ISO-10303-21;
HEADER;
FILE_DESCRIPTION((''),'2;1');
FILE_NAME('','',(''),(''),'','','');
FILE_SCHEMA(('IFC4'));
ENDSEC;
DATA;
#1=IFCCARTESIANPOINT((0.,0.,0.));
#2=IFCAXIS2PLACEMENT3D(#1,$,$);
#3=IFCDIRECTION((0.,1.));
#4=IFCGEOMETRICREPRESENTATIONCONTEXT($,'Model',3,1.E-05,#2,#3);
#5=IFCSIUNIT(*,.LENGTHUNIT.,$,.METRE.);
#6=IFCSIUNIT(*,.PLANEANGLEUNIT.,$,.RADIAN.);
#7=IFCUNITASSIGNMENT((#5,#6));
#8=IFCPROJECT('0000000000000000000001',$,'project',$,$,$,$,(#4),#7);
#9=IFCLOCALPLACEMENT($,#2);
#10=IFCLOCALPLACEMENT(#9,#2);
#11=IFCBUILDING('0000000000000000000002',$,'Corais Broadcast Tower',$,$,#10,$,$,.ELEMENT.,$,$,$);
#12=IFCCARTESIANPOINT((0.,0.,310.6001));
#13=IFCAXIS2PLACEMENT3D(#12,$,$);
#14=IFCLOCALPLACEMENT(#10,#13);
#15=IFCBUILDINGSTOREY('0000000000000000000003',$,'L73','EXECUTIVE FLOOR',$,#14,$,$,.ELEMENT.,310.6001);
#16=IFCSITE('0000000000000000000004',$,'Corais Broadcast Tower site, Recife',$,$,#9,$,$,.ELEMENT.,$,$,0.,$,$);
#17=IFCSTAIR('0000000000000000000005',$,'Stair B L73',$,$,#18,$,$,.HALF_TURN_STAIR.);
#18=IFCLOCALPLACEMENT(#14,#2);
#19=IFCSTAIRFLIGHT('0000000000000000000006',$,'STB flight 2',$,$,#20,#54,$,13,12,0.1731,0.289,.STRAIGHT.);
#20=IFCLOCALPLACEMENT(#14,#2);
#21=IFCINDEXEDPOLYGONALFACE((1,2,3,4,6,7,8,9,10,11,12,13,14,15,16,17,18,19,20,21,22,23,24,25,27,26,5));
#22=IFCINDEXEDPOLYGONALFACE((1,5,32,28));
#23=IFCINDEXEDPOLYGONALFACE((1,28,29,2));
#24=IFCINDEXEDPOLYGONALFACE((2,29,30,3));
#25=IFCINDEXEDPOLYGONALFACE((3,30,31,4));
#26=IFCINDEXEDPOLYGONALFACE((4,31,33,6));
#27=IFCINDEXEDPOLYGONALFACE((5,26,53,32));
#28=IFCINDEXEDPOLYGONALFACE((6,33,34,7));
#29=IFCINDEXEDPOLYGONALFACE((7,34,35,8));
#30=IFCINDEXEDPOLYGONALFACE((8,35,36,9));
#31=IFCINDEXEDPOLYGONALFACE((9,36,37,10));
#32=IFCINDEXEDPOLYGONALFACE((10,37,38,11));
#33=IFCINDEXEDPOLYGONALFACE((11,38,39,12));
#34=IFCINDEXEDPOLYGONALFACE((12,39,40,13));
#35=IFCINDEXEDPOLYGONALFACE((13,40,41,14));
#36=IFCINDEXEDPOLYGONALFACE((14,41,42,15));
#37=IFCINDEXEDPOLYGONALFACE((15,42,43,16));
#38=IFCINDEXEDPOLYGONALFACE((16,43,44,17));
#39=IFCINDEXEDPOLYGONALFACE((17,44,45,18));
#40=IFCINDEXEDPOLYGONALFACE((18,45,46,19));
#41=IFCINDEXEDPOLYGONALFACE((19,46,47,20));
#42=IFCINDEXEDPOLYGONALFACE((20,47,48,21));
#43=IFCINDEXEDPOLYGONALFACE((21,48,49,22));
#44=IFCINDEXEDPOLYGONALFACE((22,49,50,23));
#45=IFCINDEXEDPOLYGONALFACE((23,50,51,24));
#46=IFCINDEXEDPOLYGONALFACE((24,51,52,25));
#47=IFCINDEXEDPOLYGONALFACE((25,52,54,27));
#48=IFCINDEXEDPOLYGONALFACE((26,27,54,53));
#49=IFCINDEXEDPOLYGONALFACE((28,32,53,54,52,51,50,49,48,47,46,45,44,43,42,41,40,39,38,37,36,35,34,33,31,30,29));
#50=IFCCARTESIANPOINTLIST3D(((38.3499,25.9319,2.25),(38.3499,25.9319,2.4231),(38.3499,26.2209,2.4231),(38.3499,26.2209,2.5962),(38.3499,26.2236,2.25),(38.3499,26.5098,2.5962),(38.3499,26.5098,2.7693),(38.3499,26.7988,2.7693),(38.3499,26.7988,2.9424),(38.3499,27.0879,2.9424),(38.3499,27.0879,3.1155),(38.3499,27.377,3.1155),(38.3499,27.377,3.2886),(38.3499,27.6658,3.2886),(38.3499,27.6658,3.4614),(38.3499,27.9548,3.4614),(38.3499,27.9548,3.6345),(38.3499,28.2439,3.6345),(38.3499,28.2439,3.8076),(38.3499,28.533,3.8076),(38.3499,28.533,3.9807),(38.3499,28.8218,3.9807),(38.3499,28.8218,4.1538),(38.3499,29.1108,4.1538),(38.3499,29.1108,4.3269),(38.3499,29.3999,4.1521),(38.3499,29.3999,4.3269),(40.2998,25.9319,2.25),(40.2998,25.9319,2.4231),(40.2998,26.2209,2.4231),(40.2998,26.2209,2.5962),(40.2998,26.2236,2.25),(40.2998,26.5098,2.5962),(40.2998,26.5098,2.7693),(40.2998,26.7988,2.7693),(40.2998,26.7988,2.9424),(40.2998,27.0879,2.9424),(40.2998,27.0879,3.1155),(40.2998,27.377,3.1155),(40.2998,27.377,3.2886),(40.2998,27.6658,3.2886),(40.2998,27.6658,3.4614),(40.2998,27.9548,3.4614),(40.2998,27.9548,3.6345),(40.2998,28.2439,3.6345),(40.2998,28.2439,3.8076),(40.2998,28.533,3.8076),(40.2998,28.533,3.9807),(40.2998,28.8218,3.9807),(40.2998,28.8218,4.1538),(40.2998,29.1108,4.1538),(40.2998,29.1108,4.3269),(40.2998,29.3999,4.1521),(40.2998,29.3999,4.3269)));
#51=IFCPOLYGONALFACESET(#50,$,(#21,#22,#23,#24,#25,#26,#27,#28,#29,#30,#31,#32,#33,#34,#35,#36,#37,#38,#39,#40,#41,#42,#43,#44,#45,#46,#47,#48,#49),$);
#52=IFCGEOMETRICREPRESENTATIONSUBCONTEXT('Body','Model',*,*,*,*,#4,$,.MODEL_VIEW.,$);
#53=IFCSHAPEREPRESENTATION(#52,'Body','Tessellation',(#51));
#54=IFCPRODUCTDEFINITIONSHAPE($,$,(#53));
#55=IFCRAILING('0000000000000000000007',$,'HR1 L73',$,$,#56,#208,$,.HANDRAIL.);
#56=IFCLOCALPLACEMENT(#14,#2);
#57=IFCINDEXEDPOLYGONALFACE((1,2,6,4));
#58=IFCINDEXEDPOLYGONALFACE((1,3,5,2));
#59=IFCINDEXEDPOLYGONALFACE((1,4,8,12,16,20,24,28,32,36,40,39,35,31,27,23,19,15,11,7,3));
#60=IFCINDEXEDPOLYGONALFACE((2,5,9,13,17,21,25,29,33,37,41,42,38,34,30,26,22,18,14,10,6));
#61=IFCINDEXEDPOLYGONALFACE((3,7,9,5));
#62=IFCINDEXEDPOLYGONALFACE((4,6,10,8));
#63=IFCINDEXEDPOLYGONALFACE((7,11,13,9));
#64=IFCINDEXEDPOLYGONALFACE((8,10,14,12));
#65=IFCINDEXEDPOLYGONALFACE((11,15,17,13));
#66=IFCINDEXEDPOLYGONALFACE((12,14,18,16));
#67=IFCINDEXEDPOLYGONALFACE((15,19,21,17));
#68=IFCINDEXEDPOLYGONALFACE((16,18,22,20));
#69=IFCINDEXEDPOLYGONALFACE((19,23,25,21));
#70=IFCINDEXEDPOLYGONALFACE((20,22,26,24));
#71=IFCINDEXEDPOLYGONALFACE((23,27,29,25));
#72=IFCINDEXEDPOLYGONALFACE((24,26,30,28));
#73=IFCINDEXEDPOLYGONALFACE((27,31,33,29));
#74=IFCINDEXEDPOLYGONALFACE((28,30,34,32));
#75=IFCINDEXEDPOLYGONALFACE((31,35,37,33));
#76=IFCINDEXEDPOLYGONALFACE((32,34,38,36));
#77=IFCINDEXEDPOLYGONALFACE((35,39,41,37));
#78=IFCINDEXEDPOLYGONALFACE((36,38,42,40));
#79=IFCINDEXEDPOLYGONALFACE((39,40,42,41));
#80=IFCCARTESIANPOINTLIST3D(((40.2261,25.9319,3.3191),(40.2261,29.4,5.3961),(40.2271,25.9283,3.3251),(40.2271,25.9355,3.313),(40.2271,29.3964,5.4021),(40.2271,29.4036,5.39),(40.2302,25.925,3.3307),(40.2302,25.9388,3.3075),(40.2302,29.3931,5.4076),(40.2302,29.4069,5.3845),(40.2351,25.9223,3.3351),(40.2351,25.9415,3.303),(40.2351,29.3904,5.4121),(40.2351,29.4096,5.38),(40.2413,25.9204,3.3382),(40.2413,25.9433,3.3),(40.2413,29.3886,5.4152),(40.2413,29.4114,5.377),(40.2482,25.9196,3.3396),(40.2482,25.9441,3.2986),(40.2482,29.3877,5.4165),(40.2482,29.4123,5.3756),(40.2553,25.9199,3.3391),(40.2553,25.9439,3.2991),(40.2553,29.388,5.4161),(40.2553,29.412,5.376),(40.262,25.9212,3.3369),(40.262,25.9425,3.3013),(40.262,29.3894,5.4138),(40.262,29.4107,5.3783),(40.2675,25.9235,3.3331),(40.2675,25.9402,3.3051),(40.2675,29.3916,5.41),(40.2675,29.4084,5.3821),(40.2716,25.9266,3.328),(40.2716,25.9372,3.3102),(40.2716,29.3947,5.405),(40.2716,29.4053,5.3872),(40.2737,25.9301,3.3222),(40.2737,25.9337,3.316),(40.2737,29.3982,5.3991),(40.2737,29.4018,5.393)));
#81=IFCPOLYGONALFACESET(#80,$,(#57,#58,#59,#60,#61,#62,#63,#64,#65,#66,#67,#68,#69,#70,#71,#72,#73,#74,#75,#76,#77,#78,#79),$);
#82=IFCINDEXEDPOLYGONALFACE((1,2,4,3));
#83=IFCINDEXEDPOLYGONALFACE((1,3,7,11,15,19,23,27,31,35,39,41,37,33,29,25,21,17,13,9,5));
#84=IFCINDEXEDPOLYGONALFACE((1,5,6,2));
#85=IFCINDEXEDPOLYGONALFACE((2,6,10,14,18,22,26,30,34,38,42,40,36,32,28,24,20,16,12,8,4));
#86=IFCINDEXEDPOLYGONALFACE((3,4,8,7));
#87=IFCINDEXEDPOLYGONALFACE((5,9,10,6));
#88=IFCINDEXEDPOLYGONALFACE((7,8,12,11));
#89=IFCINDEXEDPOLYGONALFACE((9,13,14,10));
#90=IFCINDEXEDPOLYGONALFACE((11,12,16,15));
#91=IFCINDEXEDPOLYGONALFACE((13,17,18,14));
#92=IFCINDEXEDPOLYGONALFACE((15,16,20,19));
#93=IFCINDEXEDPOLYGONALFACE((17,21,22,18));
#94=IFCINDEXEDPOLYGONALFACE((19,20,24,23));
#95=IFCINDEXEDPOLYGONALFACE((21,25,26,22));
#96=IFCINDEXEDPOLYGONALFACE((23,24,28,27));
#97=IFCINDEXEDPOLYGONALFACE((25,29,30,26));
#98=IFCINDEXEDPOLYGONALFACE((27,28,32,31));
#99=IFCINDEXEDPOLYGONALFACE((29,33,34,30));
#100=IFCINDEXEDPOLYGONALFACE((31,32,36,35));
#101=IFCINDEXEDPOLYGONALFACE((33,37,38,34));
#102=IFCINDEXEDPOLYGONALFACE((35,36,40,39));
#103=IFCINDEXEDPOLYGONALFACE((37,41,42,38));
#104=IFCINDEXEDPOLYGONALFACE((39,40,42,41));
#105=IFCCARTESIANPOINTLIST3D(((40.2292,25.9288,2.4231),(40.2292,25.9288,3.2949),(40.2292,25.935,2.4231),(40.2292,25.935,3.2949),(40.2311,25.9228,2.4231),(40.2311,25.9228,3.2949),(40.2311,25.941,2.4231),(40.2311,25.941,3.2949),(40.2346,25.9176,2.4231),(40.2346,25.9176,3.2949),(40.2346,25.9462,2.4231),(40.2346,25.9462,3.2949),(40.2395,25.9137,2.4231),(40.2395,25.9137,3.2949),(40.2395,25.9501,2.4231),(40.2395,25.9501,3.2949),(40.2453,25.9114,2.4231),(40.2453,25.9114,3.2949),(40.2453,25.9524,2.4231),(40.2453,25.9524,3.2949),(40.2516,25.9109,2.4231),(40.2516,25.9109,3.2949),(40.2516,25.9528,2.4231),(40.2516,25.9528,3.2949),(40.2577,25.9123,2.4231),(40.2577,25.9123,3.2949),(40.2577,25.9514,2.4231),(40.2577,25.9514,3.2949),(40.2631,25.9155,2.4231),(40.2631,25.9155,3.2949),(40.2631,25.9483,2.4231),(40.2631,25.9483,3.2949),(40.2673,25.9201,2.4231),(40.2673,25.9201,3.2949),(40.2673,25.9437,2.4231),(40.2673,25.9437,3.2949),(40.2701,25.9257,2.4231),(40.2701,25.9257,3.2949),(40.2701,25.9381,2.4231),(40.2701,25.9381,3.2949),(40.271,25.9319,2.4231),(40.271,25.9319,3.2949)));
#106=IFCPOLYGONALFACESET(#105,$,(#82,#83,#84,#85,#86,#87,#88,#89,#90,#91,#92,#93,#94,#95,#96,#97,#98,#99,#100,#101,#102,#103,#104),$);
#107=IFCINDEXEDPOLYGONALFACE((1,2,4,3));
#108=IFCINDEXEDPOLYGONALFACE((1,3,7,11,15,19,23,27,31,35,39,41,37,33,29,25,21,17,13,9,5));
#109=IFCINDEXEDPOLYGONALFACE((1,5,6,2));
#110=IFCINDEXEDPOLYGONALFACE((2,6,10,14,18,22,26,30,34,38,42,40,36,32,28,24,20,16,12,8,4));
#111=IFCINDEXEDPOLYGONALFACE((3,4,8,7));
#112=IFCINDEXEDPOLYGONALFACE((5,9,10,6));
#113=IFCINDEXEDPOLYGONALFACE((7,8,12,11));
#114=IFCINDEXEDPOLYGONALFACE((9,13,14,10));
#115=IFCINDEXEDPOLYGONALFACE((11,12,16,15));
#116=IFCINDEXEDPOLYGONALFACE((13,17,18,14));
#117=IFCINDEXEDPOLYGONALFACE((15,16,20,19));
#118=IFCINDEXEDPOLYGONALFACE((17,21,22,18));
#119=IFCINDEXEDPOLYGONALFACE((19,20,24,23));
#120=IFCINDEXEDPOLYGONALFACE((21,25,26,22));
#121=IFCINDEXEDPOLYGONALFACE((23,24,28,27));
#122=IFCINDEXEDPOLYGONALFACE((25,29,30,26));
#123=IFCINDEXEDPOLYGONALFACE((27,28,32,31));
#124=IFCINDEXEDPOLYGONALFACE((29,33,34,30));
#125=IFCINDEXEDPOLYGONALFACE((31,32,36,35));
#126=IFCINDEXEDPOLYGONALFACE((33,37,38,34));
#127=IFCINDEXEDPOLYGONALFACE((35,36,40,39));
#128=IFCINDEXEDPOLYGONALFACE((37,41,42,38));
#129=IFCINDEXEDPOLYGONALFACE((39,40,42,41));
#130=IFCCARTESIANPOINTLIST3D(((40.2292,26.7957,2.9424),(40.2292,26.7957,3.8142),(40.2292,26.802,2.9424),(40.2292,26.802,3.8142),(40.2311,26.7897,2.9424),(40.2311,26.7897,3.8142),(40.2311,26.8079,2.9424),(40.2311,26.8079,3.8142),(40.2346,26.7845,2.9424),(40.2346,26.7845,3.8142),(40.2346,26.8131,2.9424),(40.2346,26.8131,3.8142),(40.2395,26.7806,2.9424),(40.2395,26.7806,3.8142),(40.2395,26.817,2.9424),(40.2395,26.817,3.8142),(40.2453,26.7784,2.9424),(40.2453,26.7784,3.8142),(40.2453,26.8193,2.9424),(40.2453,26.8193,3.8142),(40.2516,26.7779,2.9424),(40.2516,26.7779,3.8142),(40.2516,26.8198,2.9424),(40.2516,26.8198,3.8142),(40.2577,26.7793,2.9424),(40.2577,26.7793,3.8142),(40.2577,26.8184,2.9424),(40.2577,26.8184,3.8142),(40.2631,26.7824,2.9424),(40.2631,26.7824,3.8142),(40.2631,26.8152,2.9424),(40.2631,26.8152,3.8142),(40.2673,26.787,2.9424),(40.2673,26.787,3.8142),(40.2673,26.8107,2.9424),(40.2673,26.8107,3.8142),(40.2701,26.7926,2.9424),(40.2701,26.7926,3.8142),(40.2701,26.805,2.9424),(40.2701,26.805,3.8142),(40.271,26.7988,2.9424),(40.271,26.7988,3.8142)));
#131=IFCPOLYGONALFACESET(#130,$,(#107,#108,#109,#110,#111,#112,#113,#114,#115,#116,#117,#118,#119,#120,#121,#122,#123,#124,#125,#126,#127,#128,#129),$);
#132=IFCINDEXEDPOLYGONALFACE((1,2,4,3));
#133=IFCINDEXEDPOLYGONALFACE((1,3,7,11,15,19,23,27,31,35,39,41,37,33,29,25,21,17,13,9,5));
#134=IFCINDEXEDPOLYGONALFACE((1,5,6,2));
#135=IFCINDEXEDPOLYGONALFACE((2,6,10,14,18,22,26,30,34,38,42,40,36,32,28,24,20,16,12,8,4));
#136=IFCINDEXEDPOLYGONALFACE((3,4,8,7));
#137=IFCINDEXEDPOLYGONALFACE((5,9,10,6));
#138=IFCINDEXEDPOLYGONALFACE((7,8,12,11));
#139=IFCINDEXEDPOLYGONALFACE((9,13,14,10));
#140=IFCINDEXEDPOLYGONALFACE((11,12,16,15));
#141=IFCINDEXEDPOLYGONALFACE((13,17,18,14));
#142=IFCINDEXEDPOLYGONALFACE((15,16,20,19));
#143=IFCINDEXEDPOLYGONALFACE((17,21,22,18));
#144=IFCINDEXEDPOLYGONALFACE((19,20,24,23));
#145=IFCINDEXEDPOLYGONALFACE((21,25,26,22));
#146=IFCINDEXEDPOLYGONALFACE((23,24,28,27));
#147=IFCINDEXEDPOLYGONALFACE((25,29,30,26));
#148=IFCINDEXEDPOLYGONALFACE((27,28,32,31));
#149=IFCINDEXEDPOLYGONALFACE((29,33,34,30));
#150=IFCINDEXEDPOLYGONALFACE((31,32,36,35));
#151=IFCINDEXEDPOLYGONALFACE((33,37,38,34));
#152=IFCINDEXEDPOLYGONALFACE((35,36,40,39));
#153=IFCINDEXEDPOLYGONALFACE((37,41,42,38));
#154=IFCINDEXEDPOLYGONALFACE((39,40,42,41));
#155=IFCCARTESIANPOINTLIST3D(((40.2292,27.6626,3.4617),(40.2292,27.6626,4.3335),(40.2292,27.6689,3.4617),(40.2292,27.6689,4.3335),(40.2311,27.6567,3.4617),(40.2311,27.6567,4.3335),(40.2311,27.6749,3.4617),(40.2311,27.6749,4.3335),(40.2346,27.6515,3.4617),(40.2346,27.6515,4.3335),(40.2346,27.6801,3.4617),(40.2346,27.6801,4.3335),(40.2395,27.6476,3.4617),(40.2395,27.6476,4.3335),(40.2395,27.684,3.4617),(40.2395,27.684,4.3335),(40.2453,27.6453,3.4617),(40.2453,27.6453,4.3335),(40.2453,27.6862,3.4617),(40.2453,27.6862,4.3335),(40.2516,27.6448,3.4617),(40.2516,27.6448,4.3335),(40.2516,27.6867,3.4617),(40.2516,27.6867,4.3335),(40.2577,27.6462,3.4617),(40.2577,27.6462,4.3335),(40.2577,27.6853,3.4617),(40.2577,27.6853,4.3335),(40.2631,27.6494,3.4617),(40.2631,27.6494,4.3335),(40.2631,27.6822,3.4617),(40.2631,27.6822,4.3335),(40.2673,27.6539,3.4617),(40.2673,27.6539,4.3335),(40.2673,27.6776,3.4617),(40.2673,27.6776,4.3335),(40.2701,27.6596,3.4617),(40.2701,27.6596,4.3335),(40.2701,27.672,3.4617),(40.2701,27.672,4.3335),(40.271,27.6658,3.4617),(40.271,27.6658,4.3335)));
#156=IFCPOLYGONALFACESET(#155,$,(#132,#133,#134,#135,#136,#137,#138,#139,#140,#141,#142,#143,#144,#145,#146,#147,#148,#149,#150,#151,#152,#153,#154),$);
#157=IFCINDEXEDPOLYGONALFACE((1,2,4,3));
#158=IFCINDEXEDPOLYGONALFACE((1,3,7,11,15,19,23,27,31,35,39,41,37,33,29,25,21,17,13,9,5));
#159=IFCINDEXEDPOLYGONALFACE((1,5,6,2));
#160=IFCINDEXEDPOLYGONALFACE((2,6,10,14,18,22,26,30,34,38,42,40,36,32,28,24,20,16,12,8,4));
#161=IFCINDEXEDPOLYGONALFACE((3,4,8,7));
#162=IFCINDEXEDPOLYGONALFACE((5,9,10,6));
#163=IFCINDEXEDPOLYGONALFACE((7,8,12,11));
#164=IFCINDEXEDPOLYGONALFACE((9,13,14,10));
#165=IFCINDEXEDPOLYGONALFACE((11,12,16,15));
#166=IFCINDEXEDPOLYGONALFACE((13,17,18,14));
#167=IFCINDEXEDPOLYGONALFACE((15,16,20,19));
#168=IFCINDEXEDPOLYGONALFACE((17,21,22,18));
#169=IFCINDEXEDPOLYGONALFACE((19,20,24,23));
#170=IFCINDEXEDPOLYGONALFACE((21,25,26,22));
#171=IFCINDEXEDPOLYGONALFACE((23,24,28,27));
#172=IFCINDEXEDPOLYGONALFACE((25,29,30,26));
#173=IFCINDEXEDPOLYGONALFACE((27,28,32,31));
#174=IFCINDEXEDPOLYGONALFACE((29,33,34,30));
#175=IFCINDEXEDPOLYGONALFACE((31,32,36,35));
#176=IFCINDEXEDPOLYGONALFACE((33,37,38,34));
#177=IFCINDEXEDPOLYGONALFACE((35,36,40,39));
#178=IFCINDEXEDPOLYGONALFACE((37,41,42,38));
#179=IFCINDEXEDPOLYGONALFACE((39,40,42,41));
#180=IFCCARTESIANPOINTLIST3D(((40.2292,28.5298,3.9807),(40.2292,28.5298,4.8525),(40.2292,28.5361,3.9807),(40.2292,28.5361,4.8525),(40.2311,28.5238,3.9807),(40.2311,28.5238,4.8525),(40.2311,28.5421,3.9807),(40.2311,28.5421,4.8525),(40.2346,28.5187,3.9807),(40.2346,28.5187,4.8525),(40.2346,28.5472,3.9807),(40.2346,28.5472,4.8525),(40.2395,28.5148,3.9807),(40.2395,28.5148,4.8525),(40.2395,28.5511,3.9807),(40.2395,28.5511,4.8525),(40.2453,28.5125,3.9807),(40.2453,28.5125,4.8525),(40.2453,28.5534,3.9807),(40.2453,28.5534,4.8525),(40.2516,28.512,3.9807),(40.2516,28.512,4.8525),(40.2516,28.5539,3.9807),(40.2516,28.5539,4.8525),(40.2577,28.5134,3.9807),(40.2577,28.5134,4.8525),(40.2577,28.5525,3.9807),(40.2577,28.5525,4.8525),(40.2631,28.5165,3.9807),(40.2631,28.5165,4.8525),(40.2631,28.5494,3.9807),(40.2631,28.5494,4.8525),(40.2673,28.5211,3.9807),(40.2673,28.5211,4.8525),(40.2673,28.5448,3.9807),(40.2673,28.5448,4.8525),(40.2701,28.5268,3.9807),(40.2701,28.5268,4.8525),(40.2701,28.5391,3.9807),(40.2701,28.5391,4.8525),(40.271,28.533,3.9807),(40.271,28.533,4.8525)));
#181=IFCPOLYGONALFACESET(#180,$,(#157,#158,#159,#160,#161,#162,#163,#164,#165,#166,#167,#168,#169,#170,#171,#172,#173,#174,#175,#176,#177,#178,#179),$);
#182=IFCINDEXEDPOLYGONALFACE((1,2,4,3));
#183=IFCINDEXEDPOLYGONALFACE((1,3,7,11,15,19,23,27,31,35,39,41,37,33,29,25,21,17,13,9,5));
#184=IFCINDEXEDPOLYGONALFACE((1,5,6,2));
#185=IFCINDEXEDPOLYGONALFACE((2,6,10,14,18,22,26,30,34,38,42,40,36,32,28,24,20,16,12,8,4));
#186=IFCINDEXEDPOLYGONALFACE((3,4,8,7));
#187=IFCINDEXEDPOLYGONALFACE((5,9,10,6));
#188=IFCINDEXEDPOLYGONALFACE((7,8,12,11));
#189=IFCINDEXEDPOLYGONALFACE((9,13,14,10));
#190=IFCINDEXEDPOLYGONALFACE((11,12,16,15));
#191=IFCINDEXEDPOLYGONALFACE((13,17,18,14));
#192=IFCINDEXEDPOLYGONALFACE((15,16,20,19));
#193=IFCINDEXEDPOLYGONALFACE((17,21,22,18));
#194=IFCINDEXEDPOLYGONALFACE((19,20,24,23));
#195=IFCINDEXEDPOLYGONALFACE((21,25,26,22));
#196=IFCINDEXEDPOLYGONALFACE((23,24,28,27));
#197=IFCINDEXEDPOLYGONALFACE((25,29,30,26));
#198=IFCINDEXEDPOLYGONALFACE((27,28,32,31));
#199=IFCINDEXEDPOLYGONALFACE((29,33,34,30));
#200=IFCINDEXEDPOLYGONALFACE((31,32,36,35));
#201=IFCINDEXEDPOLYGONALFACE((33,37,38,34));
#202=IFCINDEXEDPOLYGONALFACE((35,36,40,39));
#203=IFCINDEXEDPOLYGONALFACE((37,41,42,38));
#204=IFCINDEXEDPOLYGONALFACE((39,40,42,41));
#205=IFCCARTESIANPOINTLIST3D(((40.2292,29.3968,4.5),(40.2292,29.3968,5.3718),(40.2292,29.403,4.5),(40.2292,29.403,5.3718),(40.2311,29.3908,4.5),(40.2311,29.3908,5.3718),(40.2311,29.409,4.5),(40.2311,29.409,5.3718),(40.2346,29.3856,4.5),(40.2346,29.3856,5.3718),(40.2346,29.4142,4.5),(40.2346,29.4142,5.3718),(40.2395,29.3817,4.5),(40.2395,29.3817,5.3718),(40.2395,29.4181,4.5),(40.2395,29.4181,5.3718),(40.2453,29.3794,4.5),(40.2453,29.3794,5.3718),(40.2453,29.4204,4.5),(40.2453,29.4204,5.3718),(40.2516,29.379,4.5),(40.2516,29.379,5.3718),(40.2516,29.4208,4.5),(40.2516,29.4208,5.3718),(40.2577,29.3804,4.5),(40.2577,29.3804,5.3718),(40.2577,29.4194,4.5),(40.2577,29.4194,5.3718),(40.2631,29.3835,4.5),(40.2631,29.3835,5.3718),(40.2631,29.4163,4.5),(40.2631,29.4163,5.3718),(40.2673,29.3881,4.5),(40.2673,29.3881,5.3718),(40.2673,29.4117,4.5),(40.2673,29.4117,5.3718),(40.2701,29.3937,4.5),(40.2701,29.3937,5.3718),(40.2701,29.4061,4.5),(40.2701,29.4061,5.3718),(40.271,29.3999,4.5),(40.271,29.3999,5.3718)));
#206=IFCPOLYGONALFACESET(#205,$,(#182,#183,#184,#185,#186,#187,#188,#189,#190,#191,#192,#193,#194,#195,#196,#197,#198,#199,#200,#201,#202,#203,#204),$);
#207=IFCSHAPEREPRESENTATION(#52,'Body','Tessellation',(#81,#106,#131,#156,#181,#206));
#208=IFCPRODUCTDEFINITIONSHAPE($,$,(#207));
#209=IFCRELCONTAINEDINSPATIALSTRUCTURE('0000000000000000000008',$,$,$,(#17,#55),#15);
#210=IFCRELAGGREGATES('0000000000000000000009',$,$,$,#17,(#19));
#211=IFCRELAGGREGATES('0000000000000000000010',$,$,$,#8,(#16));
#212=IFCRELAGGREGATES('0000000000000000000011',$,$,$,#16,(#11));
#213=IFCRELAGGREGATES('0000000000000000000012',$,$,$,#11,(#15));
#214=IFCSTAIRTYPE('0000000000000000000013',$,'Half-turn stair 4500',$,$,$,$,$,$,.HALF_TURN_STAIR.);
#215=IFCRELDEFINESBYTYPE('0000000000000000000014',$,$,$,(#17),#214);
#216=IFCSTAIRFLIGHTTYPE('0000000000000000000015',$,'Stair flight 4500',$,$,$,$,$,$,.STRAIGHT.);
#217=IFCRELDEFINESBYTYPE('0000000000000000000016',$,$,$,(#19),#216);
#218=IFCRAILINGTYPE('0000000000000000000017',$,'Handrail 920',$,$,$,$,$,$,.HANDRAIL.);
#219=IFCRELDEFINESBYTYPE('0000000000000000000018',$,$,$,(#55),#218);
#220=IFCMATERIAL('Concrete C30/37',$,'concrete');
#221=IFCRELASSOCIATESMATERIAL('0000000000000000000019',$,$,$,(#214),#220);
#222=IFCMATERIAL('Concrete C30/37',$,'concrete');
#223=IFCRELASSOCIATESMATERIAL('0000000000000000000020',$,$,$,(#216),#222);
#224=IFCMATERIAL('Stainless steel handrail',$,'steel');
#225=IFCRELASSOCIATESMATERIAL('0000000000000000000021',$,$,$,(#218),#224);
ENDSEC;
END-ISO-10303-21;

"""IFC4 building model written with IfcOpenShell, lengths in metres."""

from ifc_helpers import new_model, si_unit, direction, frame, origin, origin_2d, place, context, subcontext, project, spatial, polyline, circle, outline, extrude, material, type_object, element, aggregate, save


model = new_model("IFC4")

# Units and contexts
model_context = context("Model", 3, precision=1e-05, world=origin(), true_north=direction((0.0, 1.0)))
body_context = subcontext(model_context, "Body", "Model", "MODEL_VIEW")
ifc_project = project(units=[si_unit("LENGTHUNIT", "METRE"), si_unit("PLANEANGLEUNIT", "RADIAN")], contexts=[model_context])

# Site, building, storey
site_placement = place(None, origin())
site = spatial("IfcSite", under=ifc_project, at=site_placement, Name="Corais Broadcast Tower site, Recife", CompositionType="ELEMENT", RefElevation=0.0)
building_placement = place(site_placement, origin())
building = spatial("IfcBuilding", under=site, at=building_placement, Name="Corais Broadcast Tower", CompositionType="ELEMENT")
storey_placement = place(building_placement, frame((0.0, 0.0, 310.6001)))
storey = spatial("IfcBuildingStorey", under=building, at=storey_placement, Name="L73", Description="EXECUTIVE FLOOR", CompositionType="ELEMENT", Elevation=310.6001)

# Stair, stair flight
ifc_material_1 = material(Name="Concrete C30/37", Category="concrete")
stair_type = type_object("IfcStairType", Name="Half-turn stair 4500", PredefinedType="HALF_TURN_STAIR", material=ifc_material_1)
stair_placement = place(storey_placement, origin())
stair = element("IfcStair", 1, at=stair_placement, inside=storey, type_object=stair_type, Name="Stair B L73", PredefinedType="HALF_TURN_STAIR")
ifc_material_2 = material(Name="Concrete C30/37", Category="concrete")
stair_flight_type = type_object("IfcStairFlightType", Name="Stair flight 4500", PredefinedType="STRAIGHT", material=ifc_material_2)
stair_flight_placement = place(storey_placement, frame((39.325, 25.9319, 2.25), z_axis=(0.0, 0.0, 1.0), x_axis=(0.0, 1.0, 0.0)))
stair_flight = element("IfcStairFlight", 2, at=stair_flight_placement, type_object=stair_flight_type, Name="STB flight 2", NumberOfRisers=13, NumberOfTreads=12, PredefinedType="STRAIGHT", RiserHeight=0.1731, TreadLength=0.289, context=body_context, shape_type="SweptSolid", body=[
    extrude(outline(polyline([(0.0, 0.0), (0.0, 0.1731), (0.2891, 0.1731), (0.2891, 0.3462), (0.5779, 0.3462), (0.5779, 0.5193), (0.8669, 0.5193), (0.8669, 0.6924), (1.156, 0.6924), (1.156, 0.8655), (1.4451, 0.8655), (1.4451, 1.0386), (1.7339, 1.0386), (1.7339, 1.2114), (2.0229, 1.2114), (2.0229, 1.3845), (2.312, 1.3845), (2.312, 1.5576), (2.6011, 1.5576), (2.6011, 1.7307), (2.8899, 1.7307), (2.8899, 1.9038), (3.179, 1.9038), (3.179, 2.0769), (3.468, 2.0769), (3.468, 2.25), (3.468, 1.9021), (0.2917, 0.0), (0.0, 0.0)])), frame((0.0, 0.9751, 0.0), z_axis=(0.0, -1.0, 0.0), x_axis=(1.0, 0.0, 0.0)), (0.0, 0.0, 1.0), 1.95),
])
aggregate(stair, [stair_flight])

# Railing
ifc_material_3 = material(Name="Stainless steel handrail", Category="steel")
railing_type = type_object("IfcRailingType", Name="Handrail 920", PredefinedType="HANDRAIL", material=ifc_material_3)
for number, where, name in (
    (3, (40.25, 25.9319, 2.4231), "HR1 L73"),
):
    element("IfcRailing", number, at=place(storey_placement, frame(where)), inside=storey, type_object=railing_type, Name=name, PredefinedType="HANDRAIL", context=body_context, shape_type="SweptSolid", body=[
        extrude(circle(Radius=0.0239, at=origin_2d()), frame((0.0, 0.0, 0.896), z_axis=(0.0, 0.857919, 0.513785), x_axis=(-1.0, 0.0, 0.0)), (0.0, 0.0, 1.0), 4.0425),
        extrude(circle(Radius=0.021, at=origin_2d()), origin(), (0.0, 0.0, 1.0), 0.8718),
        extrude(circle(Radius=0.021, at=origin_2d()), frame((0.0, 0.8669, 0.5193)), (0.0, 0.0, 1.0), 0.8718),
        extrude(circle(Radius=0.021, at=origin_2d()), frame((0.0, 1.7339, 1.0386)), (0.0, 0.0, 1.0), 0.8718),
        extrude(circle(Radius=0.021, at=origin_2d()), frame((0.0, 2.6011, 1.5576)), (0.0, 0.0, 1.0), 0.8718),
        extrude(circle(Radius=0.021, at=origin_2d()), frame((0.0, 3.468, 2.0769)), (0.0, 0.0, 1.0), 0.8718),
    ])

save(model, "model.ifc")
